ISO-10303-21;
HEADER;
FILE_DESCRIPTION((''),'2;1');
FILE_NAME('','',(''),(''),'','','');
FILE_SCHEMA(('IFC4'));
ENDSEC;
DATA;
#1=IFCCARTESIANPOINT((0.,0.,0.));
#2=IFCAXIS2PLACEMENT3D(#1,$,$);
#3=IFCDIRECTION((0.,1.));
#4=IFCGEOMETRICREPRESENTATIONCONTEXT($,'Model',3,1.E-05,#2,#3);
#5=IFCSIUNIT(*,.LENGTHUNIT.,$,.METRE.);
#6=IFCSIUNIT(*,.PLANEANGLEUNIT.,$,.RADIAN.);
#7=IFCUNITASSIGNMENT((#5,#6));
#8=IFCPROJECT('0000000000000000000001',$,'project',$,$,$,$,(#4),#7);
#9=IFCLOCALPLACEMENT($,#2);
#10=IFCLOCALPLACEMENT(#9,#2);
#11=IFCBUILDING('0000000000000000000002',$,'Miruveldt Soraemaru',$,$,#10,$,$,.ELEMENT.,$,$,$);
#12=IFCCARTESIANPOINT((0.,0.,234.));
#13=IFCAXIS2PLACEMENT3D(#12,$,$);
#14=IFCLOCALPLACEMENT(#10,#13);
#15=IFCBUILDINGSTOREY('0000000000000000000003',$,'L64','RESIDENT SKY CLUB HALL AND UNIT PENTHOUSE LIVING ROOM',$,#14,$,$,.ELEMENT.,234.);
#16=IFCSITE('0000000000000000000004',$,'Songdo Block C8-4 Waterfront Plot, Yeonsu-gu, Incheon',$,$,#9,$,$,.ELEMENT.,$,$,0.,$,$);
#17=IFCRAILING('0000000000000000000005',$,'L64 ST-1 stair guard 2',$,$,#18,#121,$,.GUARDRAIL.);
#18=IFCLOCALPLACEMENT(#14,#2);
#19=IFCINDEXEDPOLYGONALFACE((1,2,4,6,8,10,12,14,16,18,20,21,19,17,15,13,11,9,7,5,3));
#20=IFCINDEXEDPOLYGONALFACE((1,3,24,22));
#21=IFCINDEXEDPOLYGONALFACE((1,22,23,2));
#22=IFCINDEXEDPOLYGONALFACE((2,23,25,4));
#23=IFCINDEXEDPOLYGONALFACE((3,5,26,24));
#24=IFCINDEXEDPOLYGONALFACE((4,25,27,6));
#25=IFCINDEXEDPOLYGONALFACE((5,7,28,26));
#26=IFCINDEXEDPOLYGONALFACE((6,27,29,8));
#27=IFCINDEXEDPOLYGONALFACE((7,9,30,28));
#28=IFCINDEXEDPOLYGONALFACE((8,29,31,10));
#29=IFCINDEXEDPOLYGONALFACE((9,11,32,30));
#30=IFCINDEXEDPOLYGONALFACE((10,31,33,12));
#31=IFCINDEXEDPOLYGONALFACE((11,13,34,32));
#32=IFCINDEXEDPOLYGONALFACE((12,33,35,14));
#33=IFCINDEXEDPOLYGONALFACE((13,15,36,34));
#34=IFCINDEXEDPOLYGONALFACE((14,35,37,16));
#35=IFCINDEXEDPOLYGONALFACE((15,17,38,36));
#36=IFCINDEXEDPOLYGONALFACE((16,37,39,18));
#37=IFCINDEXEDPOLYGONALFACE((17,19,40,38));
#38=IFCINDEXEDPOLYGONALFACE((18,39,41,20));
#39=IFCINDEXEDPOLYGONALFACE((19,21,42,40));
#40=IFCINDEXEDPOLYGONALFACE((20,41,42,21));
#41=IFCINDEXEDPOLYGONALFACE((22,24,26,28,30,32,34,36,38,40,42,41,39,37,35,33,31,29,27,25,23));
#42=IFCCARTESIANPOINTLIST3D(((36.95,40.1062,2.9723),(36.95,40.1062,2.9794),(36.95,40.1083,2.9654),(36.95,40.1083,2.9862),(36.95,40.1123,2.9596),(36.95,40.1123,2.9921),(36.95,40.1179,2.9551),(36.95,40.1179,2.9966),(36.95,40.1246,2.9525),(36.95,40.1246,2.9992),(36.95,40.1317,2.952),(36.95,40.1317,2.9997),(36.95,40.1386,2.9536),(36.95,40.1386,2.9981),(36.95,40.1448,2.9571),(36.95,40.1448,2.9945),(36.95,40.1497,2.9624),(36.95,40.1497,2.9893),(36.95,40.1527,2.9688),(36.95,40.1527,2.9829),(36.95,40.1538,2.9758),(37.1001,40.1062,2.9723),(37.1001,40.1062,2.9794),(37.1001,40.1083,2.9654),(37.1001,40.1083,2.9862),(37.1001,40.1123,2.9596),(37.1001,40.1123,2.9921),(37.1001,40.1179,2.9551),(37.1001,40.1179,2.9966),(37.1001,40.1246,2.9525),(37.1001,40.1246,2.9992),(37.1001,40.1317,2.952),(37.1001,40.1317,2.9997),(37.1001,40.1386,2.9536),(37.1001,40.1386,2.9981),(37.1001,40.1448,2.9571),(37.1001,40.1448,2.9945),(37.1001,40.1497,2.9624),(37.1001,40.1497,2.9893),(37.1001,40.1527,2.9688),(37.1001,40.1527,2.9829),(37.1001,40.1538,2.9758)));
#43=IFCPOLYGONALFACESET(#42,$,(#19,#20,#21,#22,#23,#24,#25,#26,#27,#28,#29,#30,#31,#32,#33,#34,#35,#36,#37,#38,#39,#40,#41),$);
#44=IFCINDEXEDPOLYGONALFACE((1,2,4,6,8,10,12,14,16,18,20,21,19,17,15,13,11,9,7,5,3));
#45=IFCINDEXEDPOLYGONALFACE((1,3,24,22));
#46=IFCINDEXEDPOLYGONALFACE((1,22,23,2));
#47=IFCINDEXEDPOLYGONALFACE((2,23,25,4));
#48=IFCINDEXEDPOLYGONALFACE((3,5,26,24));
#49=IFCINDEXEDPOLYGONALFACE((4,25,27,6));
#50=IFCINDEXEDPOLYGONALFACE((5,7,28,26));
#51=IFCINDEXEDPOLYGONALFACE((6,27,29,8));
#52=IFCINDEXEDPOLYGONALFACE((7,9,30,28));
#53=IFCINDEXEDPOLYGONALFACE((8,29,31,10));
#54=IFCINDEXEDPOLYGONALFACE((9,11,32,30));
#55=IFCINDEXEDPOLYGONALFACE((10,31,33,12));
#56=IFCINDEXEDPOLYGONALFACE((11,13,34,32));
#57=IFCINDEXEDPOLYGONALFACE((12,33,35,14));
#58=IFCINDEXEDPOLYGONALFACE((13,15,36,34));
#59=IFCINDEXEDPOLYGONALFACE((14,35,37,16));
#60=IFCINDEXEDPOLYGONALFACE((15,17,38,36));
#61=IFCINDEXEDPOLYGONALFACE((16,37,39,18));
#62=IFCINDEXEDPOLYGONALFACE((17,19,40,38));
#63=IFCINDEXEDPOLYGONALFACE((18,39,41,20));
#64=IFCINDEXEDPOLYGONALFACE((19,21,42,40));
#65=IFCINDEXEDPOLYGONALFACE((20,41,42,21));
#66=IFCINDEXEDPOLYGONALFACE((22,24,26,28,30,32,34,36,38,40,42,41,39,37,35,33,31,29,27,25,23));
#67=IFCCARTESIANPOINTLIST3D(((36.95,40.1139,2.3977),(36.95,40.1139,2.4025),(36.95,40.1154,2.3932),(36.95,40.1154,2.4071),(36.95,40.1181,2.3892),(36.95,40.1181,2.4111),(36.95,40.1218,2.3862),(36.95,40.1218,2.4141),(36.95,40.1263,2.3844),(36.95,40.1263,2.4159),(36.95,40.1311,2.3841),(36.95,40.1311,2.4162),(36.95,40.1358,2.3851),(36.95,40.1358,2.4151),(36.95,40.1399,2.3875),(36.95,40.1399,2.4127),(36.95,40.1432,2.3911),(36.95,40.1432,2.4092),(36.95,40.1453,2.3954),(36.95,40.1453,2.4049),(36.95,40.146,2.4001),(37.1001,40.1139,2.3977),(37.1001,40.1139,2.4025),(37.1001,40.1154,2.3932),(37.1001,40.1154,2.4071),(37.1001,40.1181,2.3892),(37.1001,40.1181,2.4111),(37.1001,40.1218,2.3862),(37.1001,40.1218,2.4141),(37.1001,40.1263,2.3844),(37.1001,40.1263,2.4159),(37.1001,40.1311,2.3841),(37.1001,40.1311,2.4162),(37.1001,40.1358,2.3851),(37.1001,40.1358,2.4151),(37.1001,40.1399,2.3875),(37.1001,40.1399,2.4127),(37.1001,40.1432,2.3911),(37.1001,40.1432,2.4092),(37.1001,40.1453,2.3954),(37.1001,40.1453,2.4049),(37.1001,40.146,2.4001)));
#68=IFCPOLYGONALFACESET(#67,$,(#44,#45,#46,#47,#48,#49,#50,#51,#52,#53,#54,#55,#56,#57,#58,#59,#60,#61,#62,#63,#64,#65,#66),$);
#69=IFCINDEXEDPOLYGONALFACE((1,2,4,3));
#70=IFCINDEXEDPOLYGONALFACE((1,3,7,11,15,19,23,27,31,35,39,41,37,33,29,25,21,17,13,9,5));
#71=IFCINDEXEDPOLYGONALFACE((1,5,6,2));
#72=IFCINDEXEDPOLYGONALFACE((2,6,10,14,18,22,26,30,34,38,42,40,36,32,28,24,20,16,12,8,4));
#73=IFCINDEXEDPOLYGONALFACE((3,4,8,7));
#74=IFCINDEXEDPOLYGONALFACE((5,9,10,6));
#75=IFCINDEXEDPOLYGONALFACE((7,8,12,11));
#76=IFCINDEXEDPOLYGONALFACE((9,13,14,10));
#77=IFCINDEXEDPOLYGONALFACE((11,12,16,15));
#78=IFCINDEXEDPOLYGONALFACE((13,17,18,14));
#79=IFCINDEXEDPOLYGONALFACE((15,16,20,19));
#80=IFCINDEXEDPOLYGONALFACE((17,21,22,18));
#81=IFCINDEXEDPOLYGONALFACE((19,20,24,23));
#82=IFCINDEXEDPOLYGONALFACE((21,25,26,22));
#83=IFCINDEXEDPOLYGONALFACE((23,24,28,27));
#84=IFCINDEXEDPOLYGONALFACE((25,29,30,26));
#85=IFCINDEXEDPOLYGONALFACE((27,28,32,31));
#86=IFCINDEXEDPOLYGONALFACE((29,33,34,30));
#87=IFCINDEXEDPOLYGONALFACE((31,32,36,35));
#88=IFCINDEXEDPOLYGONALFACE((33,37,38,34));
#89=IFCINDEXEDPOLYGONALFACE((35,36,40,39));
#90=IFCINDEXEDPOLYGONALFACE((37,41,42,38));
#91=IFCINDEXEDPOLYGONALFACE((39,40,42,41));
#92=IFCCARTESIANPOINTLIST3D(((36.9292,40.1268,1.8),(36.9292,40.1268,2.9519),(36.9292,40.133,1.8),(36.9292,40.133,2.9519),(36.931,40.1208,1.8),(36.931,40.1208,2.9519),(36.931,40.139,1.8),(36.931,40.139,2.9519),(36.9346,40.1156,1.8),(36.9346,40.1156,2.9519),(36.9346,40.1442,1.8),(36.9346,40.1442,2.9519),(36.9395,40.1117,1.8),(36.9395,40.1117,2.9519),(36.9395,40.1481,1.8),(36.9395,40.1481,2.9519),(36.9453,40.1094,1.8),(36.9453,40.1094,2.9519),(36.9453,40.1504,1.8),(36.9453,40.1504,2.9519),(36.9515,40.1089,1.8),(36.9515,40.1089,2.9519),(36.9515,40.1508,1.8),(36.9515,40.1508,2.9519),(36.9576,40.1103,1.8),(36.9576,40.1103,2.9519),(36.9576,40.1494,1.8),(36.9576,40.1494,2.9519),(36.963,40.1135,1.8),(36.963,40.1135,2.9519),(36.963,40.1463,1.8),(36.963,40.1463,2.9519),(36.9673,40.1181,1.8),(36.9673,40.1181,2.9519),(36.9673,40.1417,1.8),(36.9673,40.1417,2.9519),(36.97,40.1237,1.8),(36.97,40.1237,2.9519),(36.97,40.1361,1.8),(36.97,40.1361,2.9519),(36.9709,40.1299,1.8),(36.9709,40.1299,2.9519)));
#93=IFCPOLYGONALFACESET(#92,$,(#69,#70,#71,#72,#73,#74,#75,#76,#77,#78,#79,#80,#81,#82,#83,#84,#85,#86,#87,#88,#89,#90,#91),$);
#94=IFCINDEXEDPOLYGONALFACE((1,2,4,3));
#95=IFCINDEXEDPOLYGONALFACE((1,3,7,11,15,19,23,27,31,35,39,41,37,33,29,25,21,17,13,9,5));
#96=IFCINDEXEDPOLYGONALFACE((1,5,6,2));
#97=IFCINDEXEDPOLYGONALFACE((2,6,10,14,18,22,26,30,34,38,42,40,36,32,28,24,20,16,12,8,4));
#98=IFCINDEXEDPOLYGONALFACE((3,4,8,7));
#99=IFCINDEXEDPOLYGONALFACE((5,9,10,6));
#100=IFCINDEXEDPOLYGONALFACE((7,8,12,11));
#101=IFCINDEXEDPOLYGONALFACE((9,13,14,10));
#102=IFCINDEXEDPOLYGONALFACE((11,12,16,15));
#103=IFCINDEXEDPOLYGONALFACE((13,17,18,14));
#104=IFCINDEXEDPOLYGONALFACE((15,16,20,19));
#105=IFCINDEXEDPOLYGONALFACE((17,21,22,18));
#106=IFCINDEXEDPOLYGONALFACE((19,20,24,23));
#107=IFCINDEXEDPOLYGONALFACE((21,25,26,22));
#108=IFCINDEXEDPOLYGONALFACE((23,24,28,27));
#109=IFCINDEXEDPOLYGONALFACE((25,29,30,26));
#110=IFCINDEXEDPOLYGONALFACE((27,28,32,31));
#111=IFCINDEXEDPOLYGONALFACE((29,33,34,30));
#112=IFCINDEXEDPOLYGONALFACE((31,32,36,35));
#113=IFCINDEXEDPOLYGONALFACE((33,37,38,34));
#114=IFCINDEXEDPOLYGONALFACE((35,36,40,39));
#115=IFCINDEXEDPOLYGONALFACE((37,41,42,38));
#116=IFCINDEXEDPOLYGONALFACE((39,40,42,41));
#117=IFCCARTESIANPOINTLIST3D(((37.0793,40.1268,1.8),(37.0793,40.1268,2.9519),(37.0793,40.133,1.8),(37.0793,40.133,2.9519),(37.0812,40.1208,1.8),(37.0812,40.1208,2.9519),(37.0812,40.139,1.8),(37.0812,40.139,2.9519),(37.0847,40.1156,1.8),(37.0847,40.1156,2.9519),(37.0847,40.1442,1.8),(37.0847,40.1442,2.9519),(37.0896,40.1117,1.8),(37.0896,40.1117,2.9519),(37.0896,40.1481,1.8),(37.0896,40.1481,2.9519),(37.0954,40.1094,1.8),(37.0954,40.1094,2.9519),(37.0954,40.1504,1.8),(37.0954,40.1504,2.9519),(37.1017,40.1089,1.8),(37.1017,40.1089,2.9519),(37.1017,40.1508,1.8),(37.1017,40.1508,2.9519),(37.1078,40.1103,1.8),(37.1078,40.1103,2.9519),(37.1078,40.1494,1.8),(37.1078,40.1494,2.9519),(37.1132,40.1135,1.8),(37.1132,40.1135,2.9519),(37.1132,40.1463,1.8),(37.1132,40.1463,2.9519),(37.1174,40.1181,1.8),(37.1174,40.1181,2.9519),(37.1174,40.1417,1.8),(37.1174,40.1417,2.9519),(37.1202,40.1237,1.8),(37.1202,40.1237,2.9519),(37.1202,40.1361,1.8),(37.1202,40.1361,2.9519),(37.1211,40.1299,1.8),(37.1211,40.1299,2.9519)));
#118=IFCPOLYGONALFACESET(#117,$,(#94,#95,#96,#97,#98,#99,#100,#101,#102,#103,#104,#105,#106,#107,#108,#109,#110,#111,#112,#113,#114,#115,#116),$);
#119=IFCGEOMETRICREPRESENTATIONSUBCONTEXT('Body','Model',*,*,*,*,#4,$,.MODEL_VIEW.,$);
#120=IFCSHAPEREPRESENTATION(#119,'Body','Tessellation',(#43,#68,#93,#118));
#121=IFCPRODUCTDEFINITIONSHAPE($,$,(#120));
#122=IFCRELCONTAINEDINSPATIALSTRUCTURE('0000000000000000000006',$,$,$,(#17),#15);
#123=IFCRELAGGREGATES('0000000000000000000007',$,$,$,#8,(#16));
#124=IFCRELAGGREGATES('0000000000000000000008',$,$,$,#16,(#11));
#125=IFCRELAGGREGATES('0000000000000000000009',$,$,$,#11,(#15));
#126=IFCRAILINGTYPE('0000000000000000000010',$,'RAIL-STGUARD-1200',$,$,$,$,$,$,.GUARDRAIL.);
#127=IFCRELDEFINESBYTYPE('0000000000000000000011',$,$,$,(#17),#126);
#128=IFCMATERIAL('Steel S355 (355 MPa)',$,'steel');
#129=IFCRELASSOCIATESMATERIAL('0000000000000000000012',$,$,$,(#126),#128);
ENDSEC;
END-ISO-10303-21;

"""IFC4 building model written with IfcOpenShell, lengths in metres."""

from ifc_helpers import new_model, si_unit, direction, frame, origin, origin_2d, place, context, subcontext, project, spatial, circle, extrude, material, type_object, element, save


model = new_model("IFC4")

# Units and contexts
model_context = context("Model", 3, precision=1e-05, world=origin(), true_north=direction((0.0, 1.0)))
body_context = subcontext(model_context, "Body", "Model", "MODEL_VIEW")
ifc_project = project(units=[si_unit("LENGTHUNIT", "METRE"), si_unit("PLANEANGLEUNIT", "RADIAN")], contexts=[model_context])

# Site, building, storey
site_placement = place(None, origin())
site = spatial("IfcSite", under=ifc_project, at=site_placement, Name="Songdo Block C8-4 Waterfront Plot, Yeonsu-gu, Incheon", CompositionType="ELEMENT", RefElevation=0.0)
building_placement = place(site_placement, origin())
building = spatial("IfcBuilding", under=site, at=building_placement, Name="Miruveldt Soraemaru", CompositionType="ELEMENT")
storey_placement = place(building_placement, frame((0.0, 0.0, 234.0)))
storey = spatial("IfcBuildingStorey", under=building, at=storey_placement, Name="L64", Description="RESIDENT SKY CLUB HALL AND UNIT PENTHOUSE LIVING ROOM", CompositionType="ELEMENT", Elevation=234.0)

# Railing
ifc_material_1 = material(Name="Steel S355 (355 MPa)", Category="steel")
railing_type_1 = type_object("IfcRailingType", Name="RAIL-STGUARD-1200", PredefinedType="GUARDRAIL", material=ifc_material_1)
railing_1_placement = place(storey_placement, frame((36.95, 40.1299, 1.8)))
element("IfcRailing", 1, at=railing_1_placement, inside=storey, type_object=railing_type_1, Name="L64 ST-1 stair guard 2", PredefinedType="GUARDRAIL", context=body_context, shape_type="SweptSolid", body=[
    extrude(circle(Radius=0.0239, at=origin_2d()), frame((0.0, 0.0, 1.1758), z_axis=(1.0, 0.0, 0.0), x_axis=(0.0, 1.0, 0.0)), (0.0, 0.0, 1.0), 0.1501),
    extrude(circle(Radius=0.0161, at=origin_2d()), frame((0.0, 0.0, 0.6001), z_axis=(1.0, 0.0, 0.0), x_axis=(0.0, 1.0, 0.0)), (0.0, 0.0, 1.0), 0.1501),
    extrude(circle(Radius=0.021, at=origin_2d()), origin(), (0.0, 0.0, 1.0), 1.1519),
    extrude(circle(Radius=0.021, at=origin_2d()), frame((0.1501, 0.0, 0.0)), (0.0, 0.0, 1.0), 1.1519),
])

save(model, "model.ifc")
